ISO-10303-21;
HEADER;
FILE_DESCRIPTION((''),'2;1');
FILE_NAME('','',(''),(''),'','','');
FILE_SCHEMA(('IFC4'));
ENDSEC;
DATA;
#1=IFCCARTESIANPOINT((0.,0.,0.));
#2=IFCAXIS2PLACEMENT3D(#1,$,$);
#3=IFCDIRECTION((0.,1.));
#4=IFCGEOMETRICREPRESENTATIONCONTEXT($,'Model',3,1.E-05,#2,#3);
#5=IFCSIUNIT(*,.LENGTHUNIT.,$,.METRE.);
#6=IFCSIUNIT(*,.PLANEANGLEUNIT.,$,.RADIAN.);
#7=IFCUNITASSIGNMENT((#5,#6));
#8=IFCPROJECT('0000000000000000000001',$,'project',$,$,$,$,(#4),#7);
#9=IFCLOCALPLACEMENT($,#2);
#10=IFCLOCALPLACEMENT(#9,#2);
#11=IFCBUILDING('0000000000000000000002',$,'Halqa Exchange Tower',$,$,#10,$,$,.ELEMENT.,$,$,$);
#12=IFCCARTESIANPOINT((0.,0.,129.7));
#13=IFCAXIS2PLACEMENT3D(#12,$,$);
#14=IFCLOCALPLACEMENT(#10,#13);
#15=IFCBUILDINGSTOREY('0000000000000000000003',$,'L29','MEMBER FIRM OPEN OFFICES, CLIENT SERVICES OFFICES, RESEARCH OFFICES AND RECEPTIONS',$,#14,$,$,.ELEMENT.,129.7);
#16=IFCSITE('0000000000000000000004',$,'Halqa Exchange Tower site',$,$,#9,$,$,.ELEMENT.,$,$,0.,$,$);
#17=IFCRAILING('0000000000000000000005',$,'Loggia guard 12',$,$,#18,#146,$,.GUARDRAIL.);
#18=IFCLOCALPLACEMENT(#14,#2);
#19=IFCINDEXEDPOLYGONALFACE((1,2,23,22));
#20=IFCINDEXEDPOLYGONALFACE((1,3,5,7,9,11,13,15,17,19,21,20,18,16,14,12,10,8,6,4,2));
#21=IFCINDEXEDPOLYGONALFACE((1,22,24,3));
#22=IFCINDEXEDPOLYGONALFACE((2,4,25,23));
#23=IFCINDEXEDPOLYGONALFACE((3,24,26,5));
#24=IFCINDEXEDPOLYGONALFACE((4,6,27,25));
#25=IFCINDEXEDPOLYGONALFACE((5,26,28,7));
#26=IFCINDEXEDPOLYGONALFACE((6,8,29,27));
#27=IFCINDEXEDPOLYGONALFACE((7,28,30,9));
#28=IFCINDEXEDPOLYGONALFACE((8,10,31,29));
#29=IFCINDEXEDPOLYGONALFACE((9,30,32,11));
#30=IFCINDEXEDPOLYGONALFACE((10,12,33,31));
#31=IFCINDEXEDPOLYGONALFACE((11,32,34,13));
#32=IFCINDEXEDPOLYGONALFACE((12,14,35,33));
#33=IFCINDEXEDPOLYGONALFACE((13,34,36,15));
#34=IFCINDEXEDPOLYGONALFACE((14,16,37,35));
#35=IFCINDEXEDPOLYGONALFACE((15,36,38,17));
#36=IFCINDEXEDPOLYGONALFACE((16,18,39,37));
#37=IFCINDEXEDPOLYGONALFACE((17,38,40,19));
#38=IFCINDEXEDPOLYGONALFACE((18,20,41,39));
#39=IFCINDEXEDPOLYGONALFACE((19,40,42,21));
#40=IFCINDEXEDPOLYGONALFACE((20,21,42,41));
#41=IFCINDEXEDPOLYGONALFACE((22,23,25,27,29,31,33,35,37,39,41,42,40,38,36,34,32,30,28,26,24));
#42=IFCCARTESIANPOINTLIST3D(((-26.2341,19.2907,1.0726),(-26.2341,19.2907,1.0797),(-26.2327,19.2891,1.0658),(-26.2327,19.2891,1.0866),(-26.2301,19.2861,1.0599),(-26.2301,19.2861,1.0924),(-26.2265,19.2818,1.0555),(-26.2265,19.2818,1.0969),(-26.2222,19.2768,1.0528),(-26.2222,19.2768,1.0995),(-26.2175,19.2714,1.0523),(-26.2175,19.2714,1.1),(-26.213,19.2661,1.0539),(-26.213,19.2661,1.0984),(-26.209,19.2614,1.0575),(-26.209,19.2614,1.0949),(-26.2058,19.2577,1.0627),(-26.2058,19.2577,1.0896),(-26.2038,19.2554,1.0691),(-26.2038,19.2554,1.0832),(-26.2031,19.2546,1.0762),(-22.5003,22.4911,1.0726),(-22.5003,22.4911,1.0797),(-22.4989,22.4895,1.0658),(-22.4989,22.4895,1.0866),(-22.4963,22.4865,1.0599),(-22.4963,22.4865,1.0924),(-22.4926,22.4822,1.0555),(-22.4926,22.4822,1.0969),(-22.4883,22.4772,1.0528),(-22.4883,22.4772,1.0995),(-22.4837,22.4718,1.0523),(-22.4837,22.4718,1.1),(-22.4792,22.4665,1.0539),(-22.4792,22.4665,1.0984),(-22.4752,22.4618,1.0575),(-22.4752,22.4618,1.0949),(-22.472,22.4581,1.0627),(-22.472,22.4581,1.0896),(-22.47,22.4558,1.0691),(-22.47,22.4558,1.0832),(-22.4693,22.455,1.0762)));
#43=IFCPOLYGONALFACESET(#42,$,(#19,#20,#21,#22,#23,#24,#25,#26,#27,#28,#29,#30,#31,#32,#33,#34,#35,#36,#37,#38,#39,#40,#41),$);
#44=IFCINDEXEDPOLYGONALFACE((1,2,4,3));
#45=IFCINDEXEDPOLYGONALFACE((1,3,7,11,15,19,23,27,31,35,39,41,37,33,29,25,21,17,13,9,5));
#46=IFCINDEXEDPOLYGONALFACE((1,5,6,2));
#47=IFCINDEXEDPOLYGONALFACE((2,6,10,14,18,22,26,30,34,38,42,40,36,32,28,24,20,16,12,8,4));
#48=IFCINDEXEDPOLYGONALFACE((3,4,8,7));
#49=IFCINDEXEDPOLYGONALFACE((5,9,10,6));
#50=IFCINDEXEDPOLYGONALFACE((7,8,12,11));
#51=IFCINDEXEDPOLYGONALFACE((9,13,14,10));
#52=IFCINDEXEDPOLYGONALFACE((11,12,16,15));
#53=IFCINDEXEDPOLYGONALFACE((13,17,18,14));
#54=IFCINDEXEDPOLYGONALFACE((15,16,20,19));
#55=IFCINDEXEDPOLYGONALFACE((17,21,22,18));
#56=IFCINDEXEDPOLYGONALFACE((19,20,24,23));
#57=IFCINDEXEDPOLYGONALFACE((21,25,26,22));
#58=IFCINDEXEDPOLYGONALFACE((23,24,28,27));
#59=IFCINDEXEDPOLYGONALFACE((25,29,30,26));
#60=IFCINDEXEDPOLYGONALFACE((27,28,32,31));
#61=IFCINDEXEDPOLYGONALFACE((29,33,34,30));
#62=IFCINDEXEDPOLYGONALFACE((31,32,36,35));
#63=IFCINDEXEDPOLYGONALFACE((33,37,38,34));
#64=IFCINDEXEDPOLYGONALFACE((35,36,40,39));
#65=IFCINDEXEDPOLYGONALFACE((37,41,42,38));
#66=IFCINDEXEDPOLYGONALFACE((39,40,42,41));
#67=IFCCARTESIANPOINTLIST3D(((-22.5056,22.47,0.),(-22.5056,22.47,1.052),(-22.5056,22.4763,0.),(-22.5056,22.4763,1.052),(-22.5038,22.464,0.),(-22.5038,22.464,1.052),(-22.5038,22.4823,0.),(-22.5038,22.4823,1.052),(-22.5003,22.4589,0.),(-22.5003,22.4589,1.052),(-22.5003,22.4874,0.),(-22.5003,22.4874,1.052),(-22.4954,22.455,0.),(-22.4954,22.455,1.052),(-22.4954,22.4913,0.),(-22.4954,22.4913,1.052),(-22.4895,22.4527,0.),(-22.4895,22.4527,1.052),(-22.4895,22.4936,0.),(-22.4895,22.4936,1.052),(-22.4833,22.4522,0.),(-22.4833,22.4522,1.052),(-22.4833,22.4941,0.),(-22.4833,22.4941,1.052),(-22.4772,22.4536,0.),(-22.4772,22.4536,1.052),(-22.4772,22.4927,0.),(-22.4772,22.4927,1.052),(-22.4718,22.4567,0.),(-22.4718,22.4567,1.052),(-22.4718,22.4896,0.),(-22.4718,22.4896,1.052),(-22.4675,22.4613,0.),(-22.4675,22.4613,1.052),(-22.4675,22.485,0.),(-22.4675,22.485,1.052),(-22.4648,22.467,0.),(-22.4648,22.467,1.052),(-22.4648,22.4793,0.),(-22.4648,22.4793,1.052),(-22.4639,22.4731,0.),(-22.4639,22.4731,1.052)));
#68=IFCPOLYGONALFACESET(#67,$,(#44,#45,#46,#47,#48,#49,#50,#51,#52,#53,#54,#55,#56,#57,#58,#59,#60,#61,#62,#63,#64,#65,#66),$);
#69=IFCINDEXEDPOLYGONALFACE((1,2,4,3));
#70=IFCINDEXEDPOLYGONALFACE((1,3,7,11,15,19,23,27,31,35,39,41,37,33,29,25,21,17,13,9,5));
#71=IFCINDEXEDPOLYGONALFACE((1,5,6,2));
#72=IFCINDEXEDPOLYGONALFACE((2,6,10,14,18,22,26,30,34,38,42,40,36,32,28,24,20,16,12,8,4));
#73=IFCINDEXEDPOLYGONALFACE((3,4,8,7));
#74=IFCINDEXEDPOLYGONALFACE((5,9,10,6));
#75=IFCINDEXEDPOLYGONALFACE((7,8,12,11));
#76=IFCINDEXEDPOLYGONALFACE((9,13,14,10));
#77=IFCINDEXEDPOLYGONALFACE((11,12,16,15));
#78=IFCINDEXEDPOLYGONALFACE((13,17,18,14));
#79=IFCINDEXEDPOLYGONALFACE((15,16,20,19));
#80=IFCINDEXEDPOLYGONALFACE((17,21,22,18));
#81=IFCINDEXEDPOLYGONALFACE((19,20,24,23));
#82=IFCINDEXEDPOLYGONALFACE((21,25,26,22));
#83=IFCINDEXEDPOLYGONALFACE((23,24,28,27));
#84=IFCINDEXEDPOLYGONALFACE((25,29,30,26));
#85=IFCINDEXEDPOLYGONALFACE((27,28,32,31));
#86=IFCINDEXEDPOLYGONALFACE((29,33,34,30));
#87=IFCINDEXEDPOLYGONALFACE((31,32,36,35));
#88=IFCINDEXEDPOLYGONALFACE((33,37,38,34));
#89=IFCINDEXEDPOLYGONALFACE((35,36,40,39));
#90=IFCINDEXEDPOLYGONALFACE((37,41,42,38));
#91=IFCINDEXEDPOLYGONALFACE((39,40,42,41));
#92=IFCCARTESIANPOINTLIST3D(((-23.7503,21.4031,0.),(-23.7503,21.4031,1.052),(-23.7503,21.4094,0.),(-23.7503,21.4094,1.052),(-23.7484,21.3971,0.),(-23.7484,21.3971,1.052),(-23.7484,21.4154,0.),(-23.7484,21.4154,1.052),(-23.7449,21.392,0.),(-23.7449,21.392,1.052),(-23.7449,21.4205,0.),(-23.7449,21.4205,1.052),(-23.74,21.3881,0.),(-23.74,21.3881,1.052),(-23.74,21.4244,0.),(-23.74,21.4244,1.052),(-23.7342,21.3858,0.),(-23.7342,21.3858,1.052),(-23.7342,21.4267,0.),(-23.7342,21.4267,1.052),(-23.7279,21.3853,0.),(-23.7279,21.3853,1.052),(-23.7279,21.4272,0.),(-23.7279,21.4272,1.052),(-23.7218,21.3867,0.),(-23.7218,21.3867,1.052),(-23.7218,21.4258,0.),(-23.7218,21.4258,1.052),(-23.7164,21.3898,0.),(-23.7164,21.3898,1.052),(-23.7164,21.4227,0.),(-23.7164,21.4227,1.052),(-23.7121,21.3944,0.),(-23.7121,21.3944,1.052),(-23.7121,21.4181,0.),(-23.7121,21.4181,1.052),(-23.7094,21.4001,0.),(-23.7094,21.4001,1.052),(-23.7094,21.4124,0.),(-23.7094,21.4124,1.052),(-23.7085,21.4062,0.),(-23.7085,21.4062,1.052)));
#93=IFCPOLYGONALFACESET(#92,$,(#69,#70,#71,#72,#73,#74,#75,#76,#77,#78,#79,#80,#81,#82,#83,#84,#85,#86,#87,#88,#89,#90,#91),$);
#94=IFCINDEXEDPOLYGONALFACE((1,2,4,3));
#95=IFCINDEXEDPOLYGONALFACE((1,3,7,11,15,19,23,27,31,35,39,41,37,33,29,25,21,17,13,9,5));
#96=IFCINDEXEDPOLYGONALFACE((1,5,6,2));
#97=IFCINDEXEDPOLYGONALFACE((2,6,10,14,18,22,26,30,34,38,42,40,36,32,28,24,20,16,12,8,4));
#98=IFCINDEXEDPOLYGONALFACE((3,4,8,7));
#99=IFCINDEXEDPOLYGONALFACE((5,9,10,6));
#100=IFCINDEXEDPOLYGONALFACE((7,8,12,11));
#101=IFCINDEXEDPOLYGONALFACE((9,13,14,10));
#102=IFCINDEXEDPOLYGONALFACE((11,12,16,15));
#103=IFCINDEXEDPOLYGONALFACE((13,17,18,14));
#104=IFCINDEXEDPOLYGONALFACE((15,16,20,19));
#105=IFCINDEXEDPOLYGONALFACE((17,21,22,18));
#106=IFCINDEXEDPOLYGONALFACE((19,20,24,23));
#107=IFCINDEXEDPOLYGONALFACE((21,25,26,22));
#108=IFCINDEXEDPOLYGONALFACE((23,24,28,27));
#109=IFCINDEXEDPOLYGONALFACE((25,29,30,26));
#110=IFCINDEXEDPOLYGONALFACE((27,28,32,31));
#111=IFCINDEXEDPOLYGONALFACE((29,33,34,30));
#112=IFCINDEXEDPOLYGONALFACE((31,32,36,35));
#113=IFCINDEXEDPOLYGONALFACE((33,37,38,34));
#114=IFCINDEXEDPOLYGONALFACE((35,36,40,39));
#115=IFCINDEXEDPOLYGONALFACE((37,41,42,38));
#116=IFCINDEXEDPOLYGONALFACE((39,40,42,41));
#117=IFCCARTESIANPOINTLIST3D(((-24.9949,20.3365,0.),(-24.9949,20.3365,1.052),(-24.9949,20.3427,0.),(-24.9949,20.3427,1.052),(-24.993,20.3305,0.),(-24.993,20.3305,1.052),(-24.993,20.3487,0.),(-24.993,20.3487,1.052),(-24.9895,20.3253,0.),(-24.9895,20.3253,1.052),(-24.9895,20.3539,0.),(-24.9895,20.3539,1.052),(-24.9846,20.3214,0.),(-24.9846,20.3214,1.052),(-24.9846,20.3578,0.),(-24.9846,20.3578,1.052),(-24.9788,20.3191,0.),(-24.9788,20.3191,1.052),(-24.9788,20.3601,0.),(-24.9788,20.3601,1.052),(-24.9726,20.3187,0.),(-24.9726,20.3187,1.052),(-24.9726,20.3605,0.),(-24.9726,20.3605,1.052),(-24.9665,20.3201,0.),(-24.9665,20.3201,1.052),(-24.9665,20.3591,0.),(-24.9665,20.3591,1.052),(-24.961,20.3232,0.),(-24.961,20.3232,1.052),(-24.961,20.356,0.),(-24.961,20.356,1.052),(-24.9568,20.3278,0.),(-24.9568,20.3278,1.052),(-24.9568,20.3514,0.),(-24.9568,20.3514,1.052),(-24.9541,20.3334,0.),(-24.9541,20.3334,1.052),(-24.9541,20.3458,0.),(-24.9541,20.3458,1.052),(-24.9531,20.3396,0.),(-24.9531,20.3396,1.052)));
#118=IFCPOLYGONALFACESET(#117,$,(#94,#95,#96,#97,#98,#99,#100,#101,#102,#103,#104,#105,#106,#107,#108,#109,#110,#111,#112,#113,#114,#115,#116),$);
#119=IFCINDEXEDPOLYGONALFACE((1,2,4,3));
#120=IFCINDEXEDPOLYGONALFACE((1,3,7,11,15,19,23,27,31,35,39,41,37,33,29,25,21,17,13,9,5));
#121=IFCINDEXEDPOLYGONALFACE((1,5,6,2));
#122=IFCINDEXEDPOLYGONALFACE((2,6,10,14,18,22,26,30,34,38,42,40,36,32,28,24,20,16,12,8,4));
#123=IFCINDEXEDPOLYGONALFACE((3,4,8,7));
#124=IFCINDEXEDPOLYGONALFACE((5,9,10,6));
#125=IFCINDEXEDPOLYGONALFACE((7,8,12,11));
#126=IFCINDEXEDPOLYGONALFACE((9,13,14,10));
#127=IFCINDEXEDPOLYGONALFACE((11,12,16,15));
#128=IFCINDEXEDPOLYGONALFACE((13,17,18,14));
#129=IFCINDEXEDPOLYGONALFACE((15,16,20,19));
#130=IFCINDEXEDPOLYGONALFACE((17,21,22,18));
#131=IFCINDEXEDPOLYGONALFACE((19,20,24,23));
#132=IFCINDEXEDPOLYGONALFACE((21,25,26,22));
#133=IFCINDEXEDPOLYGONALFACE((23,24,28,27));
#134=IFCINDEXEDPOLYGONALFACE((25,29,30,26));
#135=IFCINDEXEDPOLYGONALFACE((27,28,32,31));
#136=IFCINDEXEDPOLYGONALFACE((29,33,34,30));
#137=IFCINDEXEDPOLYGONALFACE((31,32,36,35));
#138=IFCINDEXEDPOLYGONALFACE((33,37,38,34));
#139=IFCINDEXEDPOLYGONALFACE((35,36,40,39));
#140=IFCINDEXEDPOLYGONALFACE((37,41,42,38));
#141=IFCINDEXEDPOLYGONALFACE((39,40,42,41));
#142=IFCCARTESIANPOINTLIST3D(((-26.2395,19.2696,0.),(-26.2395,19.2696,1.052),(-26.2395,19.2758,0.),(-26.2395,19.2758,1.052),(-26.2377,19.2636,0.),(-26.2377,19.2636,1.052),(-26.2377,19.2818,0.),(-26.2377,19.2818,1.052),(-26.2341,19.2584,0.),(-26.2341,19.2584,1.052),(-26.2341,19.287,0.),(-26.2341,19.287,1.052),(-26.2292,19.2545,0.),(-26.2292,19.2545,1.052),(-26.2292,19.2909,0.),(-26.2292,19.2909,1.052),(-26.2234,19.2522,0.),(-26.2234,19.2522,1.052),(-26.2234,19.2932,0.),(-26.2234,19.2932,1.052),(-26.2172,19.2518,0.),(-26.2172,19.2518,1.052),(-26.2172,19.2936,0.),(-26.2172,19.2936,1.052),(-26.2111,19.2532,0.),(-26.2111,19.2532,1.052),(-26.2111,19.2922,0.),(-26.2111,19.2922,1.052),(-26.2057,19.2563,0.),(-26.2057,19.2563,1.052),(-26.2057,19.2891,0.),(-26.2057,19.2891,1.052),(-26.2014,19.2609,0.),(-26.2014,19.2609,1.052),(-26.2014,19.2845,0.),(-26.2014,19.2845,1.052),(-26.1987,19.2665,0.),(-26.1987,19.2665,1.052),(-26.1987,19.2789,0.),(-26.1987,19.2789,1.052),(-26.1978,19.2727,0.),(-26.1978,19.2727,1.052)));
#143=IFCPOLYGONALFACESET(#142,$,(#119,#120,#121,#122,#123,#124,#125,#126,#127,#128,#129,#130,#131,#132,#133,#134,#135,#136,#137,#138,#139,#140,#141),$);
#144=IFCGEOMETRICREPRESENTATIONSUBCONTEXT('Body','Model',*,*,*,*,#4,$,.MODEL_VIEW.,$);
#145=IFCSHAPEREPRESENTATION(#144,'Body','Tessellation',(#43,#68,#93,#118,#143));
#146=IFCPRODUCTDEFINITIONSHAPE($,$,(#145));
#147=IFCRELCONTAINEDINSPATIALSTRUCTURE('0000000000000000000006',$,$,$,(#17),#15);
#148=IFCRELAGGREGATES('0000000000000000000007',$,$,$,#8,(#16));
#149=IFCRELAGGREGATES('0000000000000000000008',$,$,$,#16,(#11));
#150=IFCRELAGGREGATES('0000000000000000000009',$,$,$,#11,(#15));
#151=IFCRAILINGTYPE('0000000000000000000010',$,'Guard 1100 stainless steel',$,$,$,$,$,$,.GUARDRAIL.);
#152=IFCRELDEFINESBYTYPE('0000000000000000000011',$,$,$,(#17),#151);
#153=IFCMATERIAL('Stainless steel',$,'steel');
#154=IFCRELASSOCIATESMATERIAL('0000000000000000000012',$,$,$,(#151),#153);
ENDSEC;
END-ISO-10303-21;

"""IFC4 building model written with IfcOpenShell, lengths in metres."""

from ifc_helpers import new_model, si_unit, direction, frame, origin, origin_2d, place, context, subcontext, project, spatial, circle, extrude, material, type_object, element, save


model = new_model("IFC4")

# Units and contexts
model_context = context("Model", 3, precision=1e-05, world=origin(), true_north=direction((0.0, 1.0)))
body_context = subcontext(model_context, "Body", "Model", "MODEL_VIEW")
ifc_project = project(units=[si_unit("LENGTHUNIT", "METRE"), si_unit("PLANEANGLEUNIT", "RADIAN")], contexts=[model_context])

# Site, building, storey
site_placement = place(None, origin())
site = spatial("IfcSite", under=ifc_project, at=site_placement, Name="Halqa Exchange Tower site", CompositionType="ELEMENT", RefElevation=0.0)
building_placement = place(site_placement, origin())
building = spatial("IfcBuilding", under=site, at=building_placement, Name="Halqa Exchange Tower", CompositionType="ELEMENT")
storey_placement = place(building_placement, frame((0.0, 0.0, 129.7)))
storey = spatial("IfcBuildingStorey", under=building, at=storey_placement, Name="L29", Description="MEMBER FIRM OPEN OFFICES, CLIENT SERVICES OFFICES, RESEARCH OFFICES AND RECEPTIONS", CompositionType="ELEMENT", Elevation=129.7)

# Railing
ifc_material_1 = material(Name="Stainless steel", Category="steel")
railing_type = type_object("IfcRailingType", Name="Guard 1100 stainless steel", PredefinedType="GUARDRAIL", material=ifc_material_1)
railing_1_placement = place(storey_placement, frame((-22.4849, 22.4731, 0.0)))
element("IfcRailing", 1, at=railing_1_placement, inside=storey, type_object=railing_type, Name="Loggia guard 12", PredefinedType="GUARDRAIL", context=body_context, shape_type="SweptSolid", body=[
    extrude(circle(Radius=0.0239, at=origin_2d()), frame((0.0, 0.0, 1.0762), z_axis=(-0.75926, -0.650787, 0.0), x_axis=(0.650787, -0.75926, 0.0)), (0.0, 0.0, 1.0), 4.9177),
    extrude(circle(Radius=0.021, at=origin_2d()), origin(), (0.0, 0.0, 1.0), 1.052),
    extrude(circle(Radius=0.021, at=origin_2d()), frame((-1.2446, -1.0669, 0.0)), (0.0, 0.0, 1.0), 1.052),
    extrude(circle(Radius=0.021, at=origin_2d()), frame((-2.4893, -2.1335, 0.0)), (0.0, 0.0, 1.0), 1.052),
    extrude(circle(Radius=0.021, at=origin_2d()), frame((-3.7339, -3.2004, 0.0)), (0.0, 0.0, 1.0), 1.052),
])

save(model, "model.ifc")
